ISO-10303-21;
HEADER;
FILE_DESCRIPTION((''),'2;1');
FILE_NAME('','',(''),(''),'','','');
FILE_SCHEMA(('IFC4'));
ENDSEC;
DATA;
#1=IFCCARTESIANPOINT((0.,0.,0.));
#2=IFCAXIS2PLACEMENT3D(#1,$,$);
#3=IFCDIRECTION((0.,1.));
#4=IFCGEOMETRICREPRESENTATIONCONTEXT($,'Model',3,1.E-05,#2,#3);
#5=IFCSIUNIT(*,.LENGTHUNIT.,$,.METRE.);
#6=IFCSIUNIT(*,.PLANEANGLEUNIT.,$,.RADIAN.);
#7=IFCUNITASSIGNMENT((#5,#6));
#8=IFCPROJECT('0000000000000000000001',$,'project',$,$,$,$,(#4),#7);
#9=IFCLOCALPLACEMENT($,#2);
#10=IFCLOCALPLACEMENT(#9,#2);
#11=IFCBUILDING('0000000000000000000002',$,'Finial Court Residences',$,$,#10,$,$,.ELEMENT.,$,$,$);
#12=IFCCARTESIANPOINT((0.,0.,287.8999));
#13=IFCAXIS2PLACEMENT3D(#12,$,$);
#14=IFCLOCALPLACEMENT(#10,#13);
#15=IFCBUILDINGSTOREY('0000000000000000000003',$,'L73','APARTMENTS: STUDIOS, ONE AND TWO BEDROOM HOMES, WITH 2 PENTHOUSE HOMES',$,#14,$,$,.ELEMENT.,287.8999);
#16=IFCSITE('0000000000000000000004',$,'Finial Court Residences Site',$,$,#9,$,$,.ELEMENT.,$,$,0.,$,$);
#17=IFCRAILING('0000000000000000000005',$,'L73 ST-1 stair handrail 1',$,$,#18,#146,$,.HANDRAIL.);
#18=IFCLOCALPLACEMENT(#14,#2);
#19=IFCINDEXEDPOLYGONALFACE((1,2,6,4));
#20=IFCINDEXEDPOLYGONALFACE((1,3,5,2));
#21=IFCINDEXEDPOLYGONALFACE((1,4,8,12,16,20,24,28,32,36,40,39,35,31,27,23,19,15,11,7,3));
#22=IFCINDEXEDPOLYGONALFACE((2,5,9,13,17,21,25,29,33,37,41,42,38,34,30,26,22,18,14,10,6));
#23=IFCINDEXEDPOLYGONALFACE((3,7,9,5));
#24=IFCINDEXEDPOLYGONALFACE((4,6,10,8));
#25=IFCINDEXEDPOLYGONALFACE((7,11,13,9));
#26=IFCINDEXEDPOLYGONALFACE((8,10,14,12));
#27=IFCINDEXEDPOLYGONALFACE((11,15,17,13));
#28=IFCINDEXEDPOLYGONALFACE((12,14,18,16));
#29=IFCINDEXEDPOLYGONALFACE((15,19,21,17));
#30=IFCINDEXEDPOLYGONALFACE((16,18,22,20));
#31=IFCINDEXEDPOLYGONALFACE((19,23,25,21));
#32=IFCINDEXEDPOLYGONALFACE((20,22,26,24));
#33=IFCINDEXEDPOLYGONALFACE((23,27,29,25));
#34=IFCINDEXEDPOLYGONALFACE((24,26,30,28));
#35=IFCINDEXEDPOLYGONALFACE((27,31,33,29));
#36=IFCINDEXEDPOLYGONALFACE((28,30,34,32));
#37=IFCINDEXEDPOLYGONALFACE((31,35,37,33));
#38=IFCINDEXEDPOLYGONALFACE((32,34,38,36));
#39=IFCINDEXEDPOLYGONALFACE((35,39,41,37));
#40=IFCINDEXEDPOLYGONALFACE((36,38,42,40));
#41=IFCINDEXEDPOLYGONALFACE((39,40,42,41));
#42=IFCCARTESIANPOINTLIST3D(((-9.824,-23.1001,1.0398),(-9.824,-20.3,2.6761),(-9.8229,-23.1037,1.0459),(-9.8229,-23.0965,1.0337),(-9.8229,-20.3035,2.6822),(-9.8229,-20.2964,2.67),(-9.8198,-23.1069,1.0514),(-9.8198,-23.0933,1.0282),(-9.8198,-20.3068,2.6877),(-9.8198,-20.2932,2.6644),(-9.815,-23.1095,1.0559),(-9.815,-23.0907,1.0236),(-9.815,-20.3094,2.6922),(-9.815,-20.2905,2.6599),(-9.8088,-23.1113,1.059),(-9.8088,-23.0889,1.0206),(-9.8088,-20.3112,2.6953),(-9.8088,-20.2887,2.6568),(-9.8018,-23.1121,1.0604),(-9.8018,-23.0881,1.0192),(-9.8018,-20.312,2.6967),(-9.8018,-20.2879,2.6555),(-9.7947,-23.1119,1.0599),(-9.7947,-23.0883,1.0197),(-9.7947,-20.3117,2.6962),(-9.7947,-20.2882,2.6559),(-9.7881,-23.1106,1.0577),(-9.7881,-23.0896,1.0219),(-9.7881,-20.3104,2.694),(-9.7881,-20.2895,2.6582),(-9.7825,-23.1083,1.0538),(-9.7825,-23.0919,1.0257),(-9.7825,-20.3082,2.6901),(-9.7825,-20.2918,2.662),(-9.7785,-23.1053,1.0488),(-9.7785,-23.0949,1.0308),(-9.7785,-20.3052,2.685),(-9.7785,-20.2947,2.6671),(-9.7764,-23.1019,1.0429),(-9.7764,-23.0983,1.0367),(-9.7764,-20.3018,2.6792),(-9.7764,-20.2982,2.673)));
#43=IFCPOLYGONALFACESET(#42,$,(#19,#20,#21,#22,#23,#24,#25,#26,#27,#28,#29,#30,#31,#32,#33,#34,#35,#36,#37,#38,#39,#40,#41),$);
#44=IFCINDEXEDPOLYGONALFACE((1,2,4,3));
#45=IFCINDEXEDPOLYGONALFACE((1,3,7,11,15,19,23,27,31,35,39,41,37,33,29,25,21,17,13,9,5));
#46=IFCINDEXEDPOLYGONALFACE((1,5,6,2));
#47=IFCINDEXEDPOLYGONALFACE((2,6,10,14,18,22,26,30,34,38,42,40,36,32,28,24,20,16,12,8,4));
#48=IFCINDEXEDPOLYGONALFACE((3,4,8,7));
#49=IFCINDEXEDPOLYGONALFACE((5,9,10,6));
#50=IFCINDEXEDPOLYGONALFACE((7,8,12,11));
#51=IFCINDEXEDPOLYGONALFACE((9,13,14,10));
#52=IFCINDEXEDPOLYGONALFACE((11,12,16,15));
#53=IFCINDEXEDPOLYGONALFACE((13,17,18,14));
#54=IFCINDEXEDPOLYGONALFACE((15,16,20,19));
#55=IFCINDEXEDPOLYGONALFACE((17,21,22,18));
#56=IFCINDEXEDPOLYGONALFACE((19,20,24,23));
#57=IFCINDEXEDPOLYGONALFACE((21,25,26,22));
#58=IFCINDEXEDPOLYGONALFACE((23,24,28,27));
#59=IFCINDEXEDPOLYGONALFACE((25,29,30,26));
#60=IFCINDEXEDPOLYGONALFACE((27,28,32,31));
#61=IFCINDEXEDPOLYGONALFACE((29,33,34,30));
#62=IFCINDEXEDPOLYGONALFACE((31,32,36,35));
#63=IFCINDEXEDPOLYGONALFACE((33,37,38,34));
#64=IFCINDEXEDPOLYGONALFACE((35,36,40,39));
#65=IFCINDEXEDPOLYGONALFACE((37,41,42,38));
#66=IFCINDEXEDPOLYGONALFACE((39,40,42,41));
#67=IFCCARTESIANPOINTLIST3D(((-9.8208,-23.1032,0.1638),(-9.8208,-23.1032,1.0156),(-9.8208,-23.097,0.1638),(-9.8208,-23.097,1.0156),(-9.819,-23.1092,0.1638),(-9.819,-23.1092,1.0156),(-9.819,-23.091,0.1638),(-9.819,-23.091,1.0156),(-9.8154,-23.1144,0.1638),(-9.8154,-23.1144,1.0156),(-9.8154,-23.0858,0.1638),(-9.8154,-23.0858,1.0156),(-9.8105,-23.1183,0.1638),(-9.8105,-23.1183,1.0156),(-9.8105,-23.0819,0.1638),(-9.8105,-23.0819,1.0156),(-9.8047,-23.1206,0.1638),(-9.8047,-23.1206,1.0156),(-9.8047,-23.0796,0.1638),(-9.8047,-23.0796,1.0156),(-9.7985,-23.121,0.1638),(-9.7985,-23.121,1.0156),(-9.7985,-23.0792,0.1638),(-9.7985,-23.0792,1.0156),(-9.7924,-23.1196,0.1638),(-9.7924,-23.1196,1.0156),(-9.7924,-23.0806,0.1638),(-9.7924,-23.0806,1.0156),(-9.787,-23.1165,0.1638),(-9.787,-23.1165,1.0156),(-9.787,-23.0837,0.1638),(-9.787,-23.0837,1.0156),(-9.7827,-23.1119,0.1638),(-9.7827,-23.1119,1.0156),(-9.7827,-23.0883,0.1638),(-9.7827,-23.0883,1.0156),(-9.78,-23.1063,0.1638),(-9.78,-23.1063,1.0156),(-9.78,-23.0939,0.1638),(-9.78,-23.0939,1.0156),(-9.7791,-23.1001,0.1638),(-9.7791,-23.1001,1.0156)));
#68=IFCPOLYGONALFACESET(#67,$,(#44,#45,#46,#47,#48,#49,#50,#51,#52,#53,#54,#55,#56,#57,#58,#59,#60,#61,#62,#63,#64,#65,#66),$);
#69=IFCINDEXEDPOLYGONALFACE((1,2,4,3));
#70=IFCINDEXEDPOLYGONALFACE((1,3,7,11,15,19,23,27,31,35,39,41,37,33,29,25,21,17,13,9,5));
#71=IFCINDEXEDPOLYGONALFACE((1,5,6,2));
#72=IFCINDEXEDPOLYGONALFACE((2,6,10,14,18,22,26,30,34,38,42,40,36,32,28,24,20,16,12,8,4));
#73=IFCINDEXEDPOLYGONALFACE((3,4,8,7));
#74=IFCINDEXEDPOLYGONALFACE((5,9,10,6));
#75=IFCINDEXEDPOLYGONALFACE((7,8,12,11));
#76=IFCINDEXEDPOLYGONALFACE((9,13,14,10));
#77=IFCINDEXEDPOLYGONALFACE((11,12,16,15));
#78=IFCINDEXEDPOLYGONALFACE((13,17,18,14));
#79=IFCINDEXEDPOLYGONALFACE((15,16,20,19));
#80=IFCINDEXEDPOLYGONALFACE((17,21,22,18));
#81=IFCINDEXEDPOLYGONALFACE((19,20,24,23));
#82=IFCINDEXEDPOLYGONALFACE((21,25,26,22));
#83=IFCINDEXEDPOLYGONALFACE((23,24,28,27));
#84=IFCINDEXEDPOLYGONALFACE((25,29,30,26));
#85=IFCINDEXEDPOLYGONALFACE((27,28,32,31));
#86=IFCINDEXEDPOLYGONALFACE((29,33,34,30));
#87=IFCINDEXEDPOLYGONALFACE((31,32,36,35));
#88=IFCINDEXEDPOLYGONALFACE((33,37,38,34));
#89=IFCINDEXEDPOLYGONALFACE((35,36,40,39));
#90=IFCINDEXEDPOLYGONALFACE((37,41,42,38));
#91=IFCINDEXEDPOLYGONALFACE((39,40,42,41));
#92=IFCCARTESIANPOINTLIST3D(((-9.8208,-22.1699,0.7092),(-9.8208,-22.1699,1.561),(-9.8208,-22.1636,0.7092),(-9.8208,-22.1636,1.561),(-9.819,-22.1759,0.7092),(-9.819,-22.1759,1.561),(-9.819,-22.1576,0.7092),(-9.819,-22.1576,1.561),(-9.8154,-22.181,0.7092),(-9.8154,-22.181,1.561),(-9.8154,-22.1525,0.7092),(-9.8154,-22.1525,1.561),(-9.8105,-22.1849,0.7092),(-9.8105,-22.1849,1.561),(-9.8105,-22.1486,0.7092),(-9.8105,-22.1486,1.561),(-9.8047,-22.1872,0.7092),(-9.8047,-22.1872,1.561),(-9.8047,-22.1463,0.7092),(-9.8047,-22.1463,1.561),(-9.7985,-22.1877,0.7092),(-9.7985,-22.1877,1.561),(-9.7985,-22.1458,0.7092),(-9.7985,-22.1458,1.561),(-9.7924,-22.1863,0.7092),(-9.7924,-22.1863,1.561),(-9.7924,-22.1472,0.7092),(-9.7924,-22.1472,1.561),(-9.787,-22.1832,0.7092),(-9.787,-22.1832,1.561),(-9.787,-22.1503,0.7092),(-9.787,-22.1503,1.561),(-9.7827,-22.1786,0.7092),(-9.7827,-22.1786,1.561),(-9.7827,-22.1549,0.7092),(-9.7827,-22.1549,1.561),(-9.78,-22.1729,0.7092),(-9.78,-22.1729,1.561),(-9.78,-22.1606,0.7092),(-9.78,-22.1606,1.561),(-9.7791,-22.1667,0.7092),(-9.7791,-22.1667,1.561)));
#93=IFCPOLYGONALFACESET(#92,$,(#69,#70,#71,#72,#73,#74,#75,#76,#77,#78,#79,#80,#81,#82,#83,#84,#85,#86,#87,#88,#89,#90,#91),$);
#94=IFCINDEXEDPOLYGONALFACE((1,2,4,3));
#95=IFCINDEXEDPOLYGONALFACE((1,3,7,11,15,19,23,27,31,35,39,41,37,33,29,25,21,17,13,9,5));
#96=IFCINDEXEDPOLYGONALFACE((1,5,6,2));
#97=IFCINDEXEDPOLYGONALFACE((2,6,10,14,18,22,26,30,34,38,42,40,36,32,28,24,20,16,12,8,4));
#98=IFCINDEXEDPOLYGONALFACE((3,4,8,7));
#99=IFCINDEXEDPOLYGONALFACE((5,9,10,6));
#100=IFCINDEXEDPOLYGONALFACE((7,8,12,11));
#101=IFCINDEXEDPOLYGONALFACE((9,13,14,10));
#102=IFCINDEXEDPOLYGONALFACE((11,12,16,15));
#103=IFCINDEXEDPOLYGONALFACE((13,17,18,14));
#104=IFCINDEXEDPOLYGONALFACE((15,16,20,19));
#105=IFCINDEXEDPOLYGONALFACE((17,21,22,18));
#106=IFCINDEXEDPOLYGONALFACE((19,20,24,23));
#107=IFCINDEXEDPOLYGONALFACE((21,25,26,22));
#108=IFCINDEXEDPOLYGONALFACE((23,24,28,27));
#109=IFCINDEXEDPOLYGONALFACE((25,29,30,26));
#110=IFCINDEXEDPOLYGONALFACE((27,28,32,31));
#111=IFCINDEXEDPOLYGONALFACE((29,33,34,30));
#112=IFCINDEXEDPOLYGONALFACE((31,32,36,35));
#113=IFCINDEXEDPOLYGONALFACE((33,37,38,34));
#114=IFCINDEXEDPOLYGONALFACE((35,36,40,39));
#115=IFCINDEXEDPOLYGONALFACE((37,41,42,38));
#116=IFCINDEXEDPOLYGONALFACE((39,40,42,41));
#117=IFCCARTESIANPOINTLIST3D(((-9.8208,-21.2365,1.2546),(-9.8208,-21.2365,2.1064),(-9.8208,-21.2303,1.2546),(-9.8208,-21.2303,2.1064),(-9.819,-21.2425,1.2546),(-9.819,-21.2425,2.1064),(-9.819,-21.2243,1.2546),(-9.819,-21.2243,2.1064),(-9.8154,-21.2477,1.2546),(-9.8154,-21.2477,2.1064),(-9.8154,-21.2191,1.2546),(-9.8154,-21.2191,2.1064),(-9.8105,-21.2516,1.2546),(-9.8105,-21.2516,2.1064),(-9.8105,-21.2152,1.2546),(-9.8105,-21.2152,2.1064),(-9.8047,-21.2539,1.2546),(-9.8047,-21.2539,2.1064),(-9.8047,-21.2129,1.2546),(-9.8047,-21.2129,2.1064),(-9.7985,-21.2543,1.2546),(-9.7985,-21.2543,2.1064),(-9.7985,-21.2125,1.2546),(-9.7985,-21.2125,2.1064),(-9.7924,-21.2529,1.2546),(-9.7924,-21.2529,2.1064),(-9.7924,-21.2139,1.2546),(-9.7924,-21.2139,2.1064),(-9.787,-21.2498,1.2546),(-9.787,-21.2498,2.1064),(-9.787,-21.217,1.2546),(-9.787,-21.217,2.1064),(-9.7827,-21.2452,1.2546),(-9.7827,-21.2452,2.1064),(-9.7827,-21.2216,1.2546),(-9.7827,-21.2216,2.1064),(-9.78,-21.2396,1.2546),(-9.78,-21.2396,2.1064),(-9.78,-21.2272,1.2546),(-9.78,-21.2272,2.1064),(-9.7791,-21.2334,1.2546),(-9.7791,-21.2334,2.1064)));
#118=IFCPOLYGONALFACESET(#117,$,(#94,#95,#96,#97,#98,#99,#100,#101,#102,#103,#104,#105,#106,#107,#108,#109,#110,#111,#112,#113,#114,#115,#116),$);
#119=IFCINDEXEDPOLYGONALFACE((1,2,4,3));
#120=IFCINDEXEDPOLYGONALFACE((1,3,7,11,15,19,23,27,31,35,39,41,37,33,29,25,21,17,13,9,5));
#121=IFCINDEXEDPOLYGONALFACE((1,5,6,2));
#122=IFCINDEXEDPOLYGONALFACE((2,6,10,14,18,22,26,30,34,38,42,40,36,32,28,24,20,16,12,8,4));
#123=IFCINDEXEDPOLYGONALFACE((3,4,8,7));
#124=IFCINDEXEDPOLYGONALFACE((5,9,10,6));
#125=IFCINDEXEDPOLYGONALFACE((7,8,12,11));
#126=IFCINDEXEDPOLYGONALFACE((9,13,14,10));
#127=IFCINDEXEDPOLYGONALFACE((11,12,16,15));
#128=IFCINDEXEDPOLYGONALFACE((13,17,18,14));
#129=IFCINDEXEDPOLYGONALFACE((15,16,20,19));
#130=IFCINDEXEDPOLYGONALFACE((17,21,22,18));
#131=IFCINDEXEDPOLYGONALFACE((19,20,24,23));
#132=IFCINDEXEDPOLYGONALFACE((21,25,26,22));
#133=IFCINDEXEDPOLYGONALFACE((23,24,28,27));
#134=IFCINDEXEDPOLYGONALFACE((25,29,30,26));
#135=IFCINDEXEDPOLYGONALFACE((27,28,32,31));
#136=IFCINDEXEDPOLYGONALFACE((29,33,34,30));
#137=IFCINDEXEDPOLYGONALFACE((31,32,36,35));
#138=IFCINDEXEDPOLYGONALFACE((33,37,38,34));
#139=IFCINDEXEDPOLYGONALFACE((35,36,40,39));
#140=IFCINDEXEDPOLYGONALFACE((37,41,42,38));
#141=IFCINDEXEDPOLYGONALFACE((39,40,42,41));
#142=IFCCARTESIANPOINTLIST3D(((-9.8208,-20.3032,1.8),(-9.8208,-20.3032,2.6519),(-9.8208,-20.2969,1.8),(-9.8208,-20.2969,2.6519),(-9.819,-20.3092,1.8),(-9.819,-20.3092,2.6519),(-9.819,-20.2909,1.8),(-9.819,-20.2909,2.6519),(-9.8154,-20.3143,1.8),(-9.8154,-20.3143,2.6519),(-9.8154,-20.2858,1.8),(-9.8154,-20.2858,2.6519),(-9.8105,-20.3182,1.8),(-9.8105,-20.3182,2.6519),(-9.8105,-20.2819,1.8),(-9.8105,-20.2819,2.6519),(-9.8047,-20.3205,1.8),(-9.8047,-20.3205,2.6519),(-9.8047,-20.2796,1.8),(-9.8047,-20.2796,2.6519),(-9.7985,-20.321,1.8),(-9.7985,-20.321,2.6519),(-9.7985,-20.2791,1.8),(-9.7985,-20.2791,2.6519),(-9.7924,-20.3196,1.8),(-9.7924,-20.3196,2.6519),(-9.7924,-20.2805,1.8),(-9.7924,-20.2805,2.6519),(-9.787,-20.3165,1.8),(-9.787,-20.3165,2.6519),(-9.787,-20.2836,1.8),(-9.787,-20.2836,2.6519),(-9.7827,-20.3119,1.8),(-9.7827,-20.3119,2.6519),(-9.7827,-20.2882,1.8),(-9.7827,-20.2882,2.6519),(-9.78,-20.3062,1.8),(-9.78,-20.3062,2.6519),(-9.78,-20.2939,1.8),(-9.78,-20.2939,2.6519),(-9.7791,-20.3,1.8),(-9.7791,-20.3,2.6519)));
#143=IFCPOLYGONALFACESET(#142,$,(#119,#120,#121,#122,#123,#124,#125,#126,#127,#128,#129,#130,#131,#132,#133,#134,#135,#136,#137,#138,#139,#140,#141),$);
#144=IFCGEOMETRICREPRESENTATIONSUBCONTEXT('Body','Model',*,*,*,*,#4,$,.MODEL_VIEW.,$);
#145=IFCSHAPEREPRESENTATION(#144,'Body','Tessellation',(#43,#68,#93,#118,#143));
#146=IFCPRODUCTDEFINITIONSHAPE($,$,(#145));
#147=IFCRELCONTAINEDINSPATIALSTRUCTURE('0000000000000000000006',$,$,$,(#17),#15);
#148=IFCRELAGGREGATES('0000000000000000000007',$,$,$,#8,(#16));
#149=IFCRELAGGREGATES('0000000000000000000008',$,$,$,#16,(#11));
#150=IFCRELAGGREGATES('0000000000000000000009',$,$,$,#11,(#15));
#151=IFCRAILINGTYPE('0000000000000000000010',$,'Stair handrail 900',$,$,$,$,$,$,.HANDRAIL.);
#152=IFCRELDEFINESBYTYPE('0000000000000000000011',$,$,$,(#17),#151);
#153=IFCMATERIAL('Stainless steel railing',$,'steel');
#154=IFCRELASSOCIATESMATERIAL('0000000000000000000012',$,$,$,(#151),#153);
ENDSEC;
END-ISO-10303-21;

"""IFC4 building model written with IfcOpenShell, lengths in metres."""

from ifc_helpers import new_model, si_unit, direction, frame, origin, origin_2d, place, context, subcontext, project, spatial, circle, extrude, material, type_object, element, save


model = new_model("IFC4")

# Units and contexts
model_context = context("Model", 3, precision=1e-05, world=origin(), true_north=direction((0.0, 1.0)))
body_context = subcontext(model_context, "Body", "Model", "MODEL_VIEW")
ifc_project = project(units=[si_unit("LENGTHUNIT", "METRE"), si_unit("PLANEANGLEUNIT", "RADIAN")], contexts=[model_context])

# Site, building, storey
site_placement = place(None, origin())
site = spatial("IfcSite", under=ifc_project, at=site_placement, Name="Finial Court Residences Site", CompositionType="ELEMENT", RefElevation=0.0)
building_placement = place(site_placement, origin())
building = spatial("IfcBuilding", under=site, at=building_placement, Name="Finial Court Residences", CompositionType="ELEMENT")
storey_placement = place(building_placement, frame((0.0, 0.0, 287.8999)))
storey = spatial("IfcBuildingStorey", under=building, at=storey_placement, Name="L73", Description="APARTMENTS: STUDIOS, ONE AND TWO BEDROOM HOMES, WITH 2 PENTHOUSE HOMES", CompositionType="ELEMENT", Elevation=287.8999)

# Railing
ifc_material_1 = material(Name="Stainless steel railing", Category="steel")
railing_type_1 = type_object("IfcRailingType", Name="Stair handrail 900", PredefinedType="HANDRAIL", material=ifc_material_1)
railing_1_placement = place(storey_placement, frame((-9.8, -23.1001, 0.1638)))
element("IfcRailing", 1, at=railing_1_placement, inside=storey, type_object=railing_type_1, Name="L73 ST-1 stair handrail 1", PredefinedType="HANDRAIL", context=body_context, shape_type="SweptSolid", body=[
    extrude(circle(Radius=0.0239, at=origin_2d()), frame((0.0, 0.0, 0.876), z_axis=(0.0, 0.863394, 0.504531), x_axis=(-1.0, 0.0, 0.0)), (0.0, 0.0, 1.0), 3.2432),
    extrude(circle(Radius=0.021, at=origin_2d()), origin(), (0.0, 0.0, 1.0), 0.8518),
    extrude(circle(Radius=0.021, at=origin_2d()), frame((0.0, 0.9333, 0.5454)), (0.0, 0.0, 1.0), 0.8518),
    extrude(circle(Radius=0.021, at=origin_2d()), frame((0.0, 1.8667, 1.0908)), (0.0, 0.0, 1.0), 0.8518),
    extrude(circle(Radius=0.021, at=origin_2d()), frame((0.0, 2.8, 1.6362)), (0.0, 0.0, 1.0), 0.8518),
])

save(model, "model.ifc")
